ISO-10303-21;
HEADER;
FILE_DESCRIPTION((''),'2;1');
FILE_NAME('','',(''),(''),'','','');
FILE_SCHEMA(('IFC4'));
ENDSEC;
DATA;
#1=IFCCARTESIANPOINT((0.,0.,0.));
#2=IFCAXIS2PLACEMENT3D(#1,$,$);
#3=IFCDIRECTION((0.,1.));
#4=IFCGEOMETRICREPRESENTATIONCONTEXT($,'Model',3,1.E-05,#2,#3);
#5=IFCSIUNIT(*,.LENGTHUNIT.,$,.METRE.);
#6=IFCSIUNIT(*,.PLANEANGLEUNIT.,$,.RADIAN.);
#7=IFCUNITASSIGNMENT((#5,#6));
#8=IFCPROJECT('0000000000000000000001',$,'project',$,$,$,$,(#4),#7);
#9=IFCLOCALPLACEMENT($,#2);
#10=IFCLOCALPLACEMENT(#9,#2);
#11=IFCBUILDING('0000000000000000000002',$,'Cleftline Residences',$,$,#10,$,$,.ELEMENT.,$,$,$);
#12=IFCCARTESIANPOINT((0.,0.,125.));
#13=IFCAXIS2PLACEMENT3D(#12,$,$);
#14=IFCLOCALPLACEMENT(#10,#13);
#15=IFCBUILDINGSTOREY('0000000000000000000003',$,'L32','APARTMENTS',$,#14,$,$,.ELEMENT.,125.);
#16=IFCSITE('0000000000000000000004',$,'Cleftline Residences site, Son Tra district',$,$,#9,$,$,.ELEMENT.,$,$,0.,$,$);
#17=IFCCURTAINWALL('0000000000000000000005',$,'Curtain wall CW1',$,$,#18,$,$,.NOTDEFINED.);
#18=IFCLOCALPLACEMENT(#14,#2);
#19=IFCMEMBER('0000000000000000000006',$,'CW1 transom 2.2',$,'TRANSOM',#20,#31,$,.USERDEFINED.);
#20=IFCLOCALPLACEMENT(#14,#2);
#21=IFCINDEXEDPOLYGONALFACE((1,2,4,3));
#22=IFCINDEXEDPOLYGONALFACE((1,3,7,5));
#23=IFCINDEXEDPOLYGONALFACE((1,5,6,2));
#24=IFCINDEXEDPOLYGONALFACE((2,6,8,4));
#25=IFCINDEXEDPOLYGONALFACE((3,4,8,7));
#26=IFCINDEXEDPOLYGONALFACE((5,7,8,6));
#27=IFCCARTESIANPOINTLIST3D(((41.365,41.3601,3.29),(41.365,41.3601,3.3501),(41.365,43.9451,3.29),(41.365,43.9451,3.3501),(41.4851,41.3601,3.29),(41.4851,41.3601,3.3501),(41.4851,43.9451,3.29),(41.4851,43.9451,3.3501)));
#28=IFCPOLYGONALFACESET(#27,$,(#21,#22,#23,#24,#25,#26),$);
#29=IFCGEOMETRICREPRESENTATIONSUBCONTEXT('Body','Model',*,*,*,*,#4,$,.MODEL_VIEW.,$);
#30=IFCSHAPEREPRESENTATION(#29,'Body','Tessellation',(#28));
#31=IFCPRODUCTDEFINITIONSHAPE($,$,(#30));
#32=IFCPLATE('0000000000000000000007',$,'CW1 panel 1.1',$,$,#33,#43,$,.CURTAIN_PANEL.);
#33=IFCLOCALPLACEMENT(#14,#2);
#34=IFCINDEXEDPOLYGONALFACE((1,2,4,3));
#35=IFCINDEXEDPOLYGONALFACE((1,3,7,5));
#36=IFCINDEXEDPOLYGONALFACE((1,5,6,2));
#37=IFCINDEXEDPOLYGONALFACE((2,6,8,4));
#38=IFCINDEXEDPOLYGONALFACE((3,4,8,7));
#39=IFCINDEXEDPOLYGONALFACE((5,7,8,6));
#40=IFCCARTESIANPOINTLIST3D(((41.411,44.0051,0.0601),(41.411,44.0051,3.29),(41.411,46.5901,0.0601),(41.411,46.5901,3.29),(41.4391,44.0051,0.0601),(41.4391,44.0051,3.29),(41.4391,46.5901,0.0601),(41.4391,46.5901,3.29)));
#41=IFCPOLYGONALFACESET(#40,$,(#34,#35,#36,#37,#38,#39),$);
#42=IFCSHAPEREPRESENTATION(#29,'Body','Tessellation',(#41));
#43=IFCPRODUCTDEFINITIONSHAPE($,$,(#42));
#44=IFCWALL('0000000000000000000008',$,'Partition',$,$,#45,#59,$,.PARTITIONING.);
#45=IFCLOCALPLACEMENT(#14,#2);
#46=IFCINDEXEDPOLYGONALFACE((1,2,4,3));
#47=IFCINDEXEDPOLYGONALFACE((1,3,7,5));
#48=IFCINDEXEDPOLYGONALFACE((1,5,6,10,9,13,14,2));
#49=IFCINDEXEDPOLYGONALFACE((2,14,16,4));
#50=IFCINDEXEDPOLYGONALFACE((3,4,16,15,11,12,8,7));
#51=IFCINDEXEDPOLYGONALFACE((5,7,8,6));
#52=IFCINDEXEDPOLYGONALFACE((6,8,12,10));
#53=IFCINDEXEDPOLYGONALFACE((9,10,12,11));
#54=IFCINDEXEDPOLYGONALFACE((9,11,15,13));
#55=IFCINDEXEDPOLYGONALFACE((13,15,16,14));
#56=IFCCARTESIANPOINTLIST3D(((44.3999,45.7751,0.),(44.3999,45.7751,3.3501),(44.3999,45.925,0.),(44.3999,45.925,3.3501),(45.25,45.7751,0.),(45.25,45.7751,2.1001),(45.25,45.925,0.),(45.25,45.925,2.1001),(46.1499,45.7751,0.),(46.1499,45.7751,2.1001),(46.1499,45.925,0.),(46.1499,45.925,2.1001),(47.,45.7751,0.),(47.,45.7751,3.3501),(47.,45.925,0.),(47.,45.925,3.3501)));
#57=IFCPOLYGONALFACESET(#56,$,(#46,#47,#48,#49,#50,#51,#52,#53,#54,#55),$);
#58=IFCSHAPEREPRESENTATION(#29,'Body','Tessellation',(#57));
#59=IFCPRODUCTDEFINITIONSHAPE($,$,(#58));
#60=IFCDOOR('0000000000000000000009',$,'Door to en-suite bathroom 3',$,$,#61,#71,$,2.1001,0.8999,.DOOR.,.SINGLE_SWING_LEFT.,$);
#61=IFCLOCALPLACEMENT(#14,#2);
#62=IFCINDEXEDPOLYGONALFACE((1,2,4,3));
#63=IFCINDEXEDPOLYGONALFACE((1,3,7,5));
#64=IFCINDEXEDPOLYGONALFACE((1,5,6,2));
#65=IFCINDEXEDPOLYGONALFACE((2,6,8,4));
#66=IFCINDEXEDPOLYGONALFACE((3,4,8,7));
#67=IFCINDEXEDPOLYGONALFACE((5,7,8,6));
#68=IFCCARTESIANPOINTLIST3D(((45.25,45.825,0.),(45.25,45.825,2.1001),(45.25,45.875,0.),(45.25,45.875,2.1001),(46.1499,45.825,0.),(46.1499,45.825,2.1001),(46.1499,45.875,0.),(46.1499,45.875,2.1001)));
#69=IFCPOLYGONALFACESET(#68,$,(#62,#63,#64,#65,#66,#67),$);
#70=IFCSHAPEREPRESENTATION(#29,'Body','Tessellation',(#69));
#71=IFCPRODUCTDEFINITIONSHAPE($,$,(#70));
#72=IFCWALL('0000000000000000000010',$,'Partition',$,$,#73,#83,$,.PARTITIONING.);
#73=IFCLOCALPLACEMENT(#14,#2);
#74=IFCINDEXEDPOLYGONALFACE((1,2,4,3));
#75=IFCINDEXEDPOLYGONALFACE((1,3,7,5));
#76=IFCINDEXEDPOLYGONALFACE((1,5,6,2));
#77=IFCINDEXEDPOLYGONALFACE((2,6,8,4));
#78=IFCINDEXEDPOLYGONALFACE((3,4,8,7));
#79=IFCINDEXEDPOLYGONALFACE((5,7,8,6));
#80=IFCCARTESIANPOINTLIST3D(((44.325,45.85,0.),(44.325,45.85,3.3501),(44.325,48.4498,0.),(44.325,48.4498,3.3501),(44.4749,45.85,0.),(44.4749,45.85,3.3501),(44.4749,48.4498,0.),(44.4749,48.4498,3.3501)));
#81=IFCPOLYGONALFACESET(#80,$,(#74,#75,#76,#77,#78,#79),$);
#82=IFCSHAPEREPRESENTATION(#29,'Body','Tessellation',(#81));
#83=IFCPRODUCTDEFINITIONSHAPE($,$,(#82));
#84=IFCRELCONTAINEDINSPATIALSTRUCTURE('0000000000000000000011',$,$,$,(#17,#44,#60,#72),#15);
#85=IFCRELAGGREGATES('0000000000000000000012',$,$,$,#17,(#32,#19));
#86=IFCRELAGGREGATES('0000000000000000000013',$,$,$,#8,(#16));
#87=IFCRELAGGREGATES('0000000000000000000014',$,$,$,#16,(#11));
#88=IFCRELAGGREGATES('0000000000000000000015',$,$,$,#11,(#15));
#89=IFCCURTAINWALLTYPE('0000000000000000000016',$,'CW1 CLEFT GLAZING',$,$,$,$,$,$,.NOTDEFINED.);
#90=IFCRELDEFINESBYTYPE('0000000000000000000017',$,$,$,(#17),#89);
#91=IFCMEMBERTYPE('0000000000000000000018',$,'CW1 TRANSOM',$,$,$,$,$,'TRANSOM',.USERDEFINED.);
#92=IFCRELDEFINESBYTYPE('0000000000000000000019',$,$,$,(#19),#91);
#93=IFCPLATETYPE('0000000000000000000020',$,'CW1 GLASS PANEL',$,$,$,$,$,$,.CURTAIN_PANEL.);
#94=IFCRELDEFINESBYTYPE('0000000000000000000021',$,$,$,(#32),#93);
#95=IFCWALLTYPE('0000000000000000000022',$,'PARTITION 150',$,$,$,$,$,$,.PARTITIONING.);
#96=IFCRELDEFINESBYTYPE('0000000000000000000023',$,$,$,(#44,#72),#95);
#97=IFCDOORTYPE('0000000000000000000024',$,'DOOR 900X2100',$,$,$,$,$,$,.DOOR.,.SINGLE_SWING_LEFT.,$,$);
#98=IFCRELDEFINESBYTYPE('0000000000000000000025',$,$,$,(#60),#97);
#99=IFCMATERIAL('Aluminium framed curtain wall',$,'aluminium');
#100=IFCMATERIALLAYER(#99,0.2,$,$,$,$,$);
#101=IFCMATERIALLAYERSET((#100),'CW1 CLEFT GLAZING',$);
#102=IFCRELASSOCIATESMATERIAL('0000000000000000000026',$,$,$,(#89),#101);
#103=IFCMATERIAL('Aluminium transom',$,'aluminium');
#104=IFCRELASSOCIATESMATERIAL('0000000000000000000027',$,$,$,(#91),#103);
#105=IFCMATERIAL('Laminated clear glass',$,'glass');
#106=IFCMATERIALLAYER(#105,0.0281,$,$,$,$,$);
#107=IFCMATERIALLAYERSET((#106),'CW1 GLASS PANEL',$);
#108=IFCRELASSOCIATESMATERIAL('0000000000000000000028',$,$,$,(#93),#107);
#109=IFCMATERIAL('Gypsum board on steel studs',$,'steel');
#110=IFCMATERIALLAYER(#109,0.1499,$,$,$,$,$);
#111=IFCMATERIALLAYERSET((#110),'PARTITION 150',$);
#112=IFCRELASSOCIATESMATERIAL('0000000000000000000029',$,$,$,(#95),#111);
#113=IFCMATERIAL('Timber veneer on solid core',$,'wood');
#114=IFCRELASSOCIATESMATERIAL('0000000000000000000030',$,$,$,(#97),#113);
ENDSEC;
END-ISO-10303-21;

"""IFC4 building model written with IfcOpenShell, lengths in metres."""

from ifc_helpers import new_model, si_unit, direction, frame, frame_2d, origin, origin_2d, place, context, subcontext, project, spatial, rectangle, extrude, material, layer, layer_set, material_profile, profile_set, type_object, element, fill, aggregate, save


model = new_model("IFC4")

# Units and contexts
model_context = context("Model", 3, precision=1e-05, world=origin(), true_north=direction((0.0, 1.0)))
body_context = subcontext(model_context, "Body", "Model", "MODEL_VIEW")
ifc_project = project(units=[si_unit("LENGTHUNIT", "METRE"), si_unit("PLANEANGLEUNIT", "RADIAN")], contexts=[model_context])

# Site, building, storey
site_placement = place(None, origin())
site = spatial("IfcSite", under=ifc_project, at=site_placement, Name="Cleftline Residences site, Son Tra district", CompositionType="ELEMENT", RefElevation=0.0)
building_placement = place(site_placement, origin())
building = spatial("IfcBuilding", under=site, at=building_placement, Name="Cleftline Residences", CompositionType="ELEMENT")
storey_placement = place(building_placement, frame((0.0, 0.0, 125.0)))
storey = spatial("IfcBuildingStorey", under=building, at=storey_placement, Name="L32", Description="APARTMENTS", CompositionType="ELEMENT", Elevation=125.0)

# Curtain wall, member, plate
ifc_material_1 = material(Name="Aluminium framed curtain wall", Category="aluminium")
ifc_layer_1 = layer(ifc_material_1, 0.2)
ifc_layer_set_1 = layer_set([ifc_layer_1], Name="CW1 CLEFT GLAZING")
curtain_wall_type = type_object("IfcCurtainWallType", Name="CW1 CLEFT GLAZING", PredefinedType="NOTDEFINED", material=ifc_layer_set_1)
curtain_wall_placement = place(storey_placement, origin())
curtain_wall = element("IfcCurtainWall", 1, at=curtain_wall_placement, inside=storey, type_object=curtain_wall_type, Name="Curtain wall CW1", PredefinedType="NOTDEFINED")
ifc_material_2 = material(Name="Aluminium transom", Category="aluminium")
ifc_material_profile_1 = material_profile(ifc_material_2, rectangle(XDim=0.1201, YDim=0.0601, at=origin_2d()))
ifc_profile_set_1 = profile_set([ifc_material_profile_1], Name="Aluminium transom")
member_type_1 = type_object("IfcMemberType", Name="CW1 TRANSOM", ElementType="TRANSOM", PredefinedType="USERDEFINED", material=ifc_profile_set_1)
member_1_placement = place(storey_placement, frame((41.425, 43.9451, 3.3201), z_axis=(0.0, -1.0, 0.0), x_axis=(1.0, 0.0, 0.0)))
member_1 = element("IfcMember", 2, at=member_1_placement, type_object=member_type_1, Name="CW1 transom 2.2", ObjectType="TRANSOM", PredefinedType="USERDEFINED", context=body_context, shape_type="SweptSolid", body=[
    extrude(rectangle(XDim=0.1201, YDim=0.0601, at=origin_2d()), origin(), (0.0, 0.0, 1.0), 2.585),
])
ifc_material_3 = material(Name="Laminated clear glass", Category="glass")
ifc_layer_2 = layer(ifc_material_3, 0.0281)
ifc_layer_set_2 = layer_set([ifc_layer_2], Name="CW1 GLASS PANEL")
plate_type = type_object("IfcPlateType", Name="CW1 GLASS PANEL", PredefinedType="CURTAIN_PANEL", material=ifc_layer_set_2)
plate_placement = place(storey_placement, frame((41.425, 45.2976, 0.0601), z_axis=(0.0, 0.0, 1.0), x_axis=(0.0, -1.0, 0.0)))
plate = element("IfcPlate", 3, at=plate_placement, type_object=plate_type, Name="CW1 panel 1.1", PredefinedType="CURTAIN_PANEL", context=body_context, shape_type="SweptSolid", body=[
    extrude(rectangle(XDim=2.585, YDim=0.0281, at=origin_2d()), origin(), (0.0, 0.0, 1.0), 3.23),
])
aggregate(curtain_wall, [plate, member_1])

# Wall, opening, door
ifc_material_4 = material(Name="Gypsum board on steel studs", Category="steel")
ifc_layer_3 = layer(ifc_material_4, 0.1499)
ifc_layer_set_3 = layer_set([ifc_layer_3], Name="PARTITION 150")
wall_type = type_object("IfcWallType", Name="PARTITION 150", PredefinedType="PARTITIONING", material=ifc_layer_set_3)
wall_1_placement = place(storey_placement, frame((44.3999, 45.8501, 0.0), z_axis=(0.0, 0.0, 1.0), x_axis=(1.0, 0.0, 0.0)))
wall_1 = element("IfcWall", 4, at=wall_1_placement, inside=storey, type_object=wall_type, Name="Partition", PredefinedType="PARTITIONING", context=body_context, shape_type="SweptSolid", body=[
    extrude(rectangle(XDim=2.6001, YDim=0.1499, at=frame_2d((1.3, 0.0))), origin(), (0.0, 0.0, 1.0), 3.3501),
])
opening_placement = place(wall_1_placement, frame((0.8501, 0.0, 0.0)))
opening = element("IfcOpeningElement", 5, at=opening_placement, cuts=wall_1, PredefinedType="OPENING", context=body_context, shape_type="SweptSolid", body=[
    extrude(rectangle(XDim=0.8999, YDim=2.1001, at=frame_2d((0.45, 1.05))), frame((0.0, 0.085, 0.0), z_axis=(0.0, -1.0, 0.0), x_axis=(1.0, 0.0, 0.0)), (0.0, 0.0, 1.0), 0.1699),
])
ifc_material_5 = material(Name="Timber veneer on solid core", Category="wood")
door_type = type_object("IfcDoorType", Name="DOOR 900X2100", OperationType="SINGLE_SWING_LEFT", PredefinedType="DOOR", material=ifc_material_5)
door_placement = place(opening_placement, origin())
door = element("IfcDoor", 6, at=door_placement, inside=storey, type_object=door_type, Name="Door to en-suite bathroom 3", OperationType="SINGLE_SWING_LEFT", OverallHeight=2.1001, OverallWidth=0.8999, PredefinedType="DOOR", context=body_context, shape_type="SweptSolid", body=[
    extrude(rectangle(XDim=0.8999, YDim=2.1001, at=frame_2d((0.45, 1.05))), frame((0.0, 0.0249, 0.0), z_axis=(0.0, -1.0, 0.0), x_axis=(1.0, 0.0, 0.0)), (0.0, 0.0, 1.0), 0.05),
])
fill(opening, door)

# Wall
wall_2_placement = place(storey_placement, frame((44.3999, 45.8501, 0.0), z_axis=(0.0, 0.0, 1.0), x_axis=(0.0, 1.0, 0.0)))
element("IfcWall", 7, at=wall_2_placement, inside=storey, type_object=wall_type, Name="Partition", PredefinedType="PARTITIONING", context=body_context, shape_type="SweptSolid", body=[
    extrude(rectangle(XDim=2.5999, YDim=0.1499, at=frame_2d((1.2998, 0.0))), origin(), (0.0, 0.0, 1.0), 3.3501),
])

save(model, "model.ifc")
